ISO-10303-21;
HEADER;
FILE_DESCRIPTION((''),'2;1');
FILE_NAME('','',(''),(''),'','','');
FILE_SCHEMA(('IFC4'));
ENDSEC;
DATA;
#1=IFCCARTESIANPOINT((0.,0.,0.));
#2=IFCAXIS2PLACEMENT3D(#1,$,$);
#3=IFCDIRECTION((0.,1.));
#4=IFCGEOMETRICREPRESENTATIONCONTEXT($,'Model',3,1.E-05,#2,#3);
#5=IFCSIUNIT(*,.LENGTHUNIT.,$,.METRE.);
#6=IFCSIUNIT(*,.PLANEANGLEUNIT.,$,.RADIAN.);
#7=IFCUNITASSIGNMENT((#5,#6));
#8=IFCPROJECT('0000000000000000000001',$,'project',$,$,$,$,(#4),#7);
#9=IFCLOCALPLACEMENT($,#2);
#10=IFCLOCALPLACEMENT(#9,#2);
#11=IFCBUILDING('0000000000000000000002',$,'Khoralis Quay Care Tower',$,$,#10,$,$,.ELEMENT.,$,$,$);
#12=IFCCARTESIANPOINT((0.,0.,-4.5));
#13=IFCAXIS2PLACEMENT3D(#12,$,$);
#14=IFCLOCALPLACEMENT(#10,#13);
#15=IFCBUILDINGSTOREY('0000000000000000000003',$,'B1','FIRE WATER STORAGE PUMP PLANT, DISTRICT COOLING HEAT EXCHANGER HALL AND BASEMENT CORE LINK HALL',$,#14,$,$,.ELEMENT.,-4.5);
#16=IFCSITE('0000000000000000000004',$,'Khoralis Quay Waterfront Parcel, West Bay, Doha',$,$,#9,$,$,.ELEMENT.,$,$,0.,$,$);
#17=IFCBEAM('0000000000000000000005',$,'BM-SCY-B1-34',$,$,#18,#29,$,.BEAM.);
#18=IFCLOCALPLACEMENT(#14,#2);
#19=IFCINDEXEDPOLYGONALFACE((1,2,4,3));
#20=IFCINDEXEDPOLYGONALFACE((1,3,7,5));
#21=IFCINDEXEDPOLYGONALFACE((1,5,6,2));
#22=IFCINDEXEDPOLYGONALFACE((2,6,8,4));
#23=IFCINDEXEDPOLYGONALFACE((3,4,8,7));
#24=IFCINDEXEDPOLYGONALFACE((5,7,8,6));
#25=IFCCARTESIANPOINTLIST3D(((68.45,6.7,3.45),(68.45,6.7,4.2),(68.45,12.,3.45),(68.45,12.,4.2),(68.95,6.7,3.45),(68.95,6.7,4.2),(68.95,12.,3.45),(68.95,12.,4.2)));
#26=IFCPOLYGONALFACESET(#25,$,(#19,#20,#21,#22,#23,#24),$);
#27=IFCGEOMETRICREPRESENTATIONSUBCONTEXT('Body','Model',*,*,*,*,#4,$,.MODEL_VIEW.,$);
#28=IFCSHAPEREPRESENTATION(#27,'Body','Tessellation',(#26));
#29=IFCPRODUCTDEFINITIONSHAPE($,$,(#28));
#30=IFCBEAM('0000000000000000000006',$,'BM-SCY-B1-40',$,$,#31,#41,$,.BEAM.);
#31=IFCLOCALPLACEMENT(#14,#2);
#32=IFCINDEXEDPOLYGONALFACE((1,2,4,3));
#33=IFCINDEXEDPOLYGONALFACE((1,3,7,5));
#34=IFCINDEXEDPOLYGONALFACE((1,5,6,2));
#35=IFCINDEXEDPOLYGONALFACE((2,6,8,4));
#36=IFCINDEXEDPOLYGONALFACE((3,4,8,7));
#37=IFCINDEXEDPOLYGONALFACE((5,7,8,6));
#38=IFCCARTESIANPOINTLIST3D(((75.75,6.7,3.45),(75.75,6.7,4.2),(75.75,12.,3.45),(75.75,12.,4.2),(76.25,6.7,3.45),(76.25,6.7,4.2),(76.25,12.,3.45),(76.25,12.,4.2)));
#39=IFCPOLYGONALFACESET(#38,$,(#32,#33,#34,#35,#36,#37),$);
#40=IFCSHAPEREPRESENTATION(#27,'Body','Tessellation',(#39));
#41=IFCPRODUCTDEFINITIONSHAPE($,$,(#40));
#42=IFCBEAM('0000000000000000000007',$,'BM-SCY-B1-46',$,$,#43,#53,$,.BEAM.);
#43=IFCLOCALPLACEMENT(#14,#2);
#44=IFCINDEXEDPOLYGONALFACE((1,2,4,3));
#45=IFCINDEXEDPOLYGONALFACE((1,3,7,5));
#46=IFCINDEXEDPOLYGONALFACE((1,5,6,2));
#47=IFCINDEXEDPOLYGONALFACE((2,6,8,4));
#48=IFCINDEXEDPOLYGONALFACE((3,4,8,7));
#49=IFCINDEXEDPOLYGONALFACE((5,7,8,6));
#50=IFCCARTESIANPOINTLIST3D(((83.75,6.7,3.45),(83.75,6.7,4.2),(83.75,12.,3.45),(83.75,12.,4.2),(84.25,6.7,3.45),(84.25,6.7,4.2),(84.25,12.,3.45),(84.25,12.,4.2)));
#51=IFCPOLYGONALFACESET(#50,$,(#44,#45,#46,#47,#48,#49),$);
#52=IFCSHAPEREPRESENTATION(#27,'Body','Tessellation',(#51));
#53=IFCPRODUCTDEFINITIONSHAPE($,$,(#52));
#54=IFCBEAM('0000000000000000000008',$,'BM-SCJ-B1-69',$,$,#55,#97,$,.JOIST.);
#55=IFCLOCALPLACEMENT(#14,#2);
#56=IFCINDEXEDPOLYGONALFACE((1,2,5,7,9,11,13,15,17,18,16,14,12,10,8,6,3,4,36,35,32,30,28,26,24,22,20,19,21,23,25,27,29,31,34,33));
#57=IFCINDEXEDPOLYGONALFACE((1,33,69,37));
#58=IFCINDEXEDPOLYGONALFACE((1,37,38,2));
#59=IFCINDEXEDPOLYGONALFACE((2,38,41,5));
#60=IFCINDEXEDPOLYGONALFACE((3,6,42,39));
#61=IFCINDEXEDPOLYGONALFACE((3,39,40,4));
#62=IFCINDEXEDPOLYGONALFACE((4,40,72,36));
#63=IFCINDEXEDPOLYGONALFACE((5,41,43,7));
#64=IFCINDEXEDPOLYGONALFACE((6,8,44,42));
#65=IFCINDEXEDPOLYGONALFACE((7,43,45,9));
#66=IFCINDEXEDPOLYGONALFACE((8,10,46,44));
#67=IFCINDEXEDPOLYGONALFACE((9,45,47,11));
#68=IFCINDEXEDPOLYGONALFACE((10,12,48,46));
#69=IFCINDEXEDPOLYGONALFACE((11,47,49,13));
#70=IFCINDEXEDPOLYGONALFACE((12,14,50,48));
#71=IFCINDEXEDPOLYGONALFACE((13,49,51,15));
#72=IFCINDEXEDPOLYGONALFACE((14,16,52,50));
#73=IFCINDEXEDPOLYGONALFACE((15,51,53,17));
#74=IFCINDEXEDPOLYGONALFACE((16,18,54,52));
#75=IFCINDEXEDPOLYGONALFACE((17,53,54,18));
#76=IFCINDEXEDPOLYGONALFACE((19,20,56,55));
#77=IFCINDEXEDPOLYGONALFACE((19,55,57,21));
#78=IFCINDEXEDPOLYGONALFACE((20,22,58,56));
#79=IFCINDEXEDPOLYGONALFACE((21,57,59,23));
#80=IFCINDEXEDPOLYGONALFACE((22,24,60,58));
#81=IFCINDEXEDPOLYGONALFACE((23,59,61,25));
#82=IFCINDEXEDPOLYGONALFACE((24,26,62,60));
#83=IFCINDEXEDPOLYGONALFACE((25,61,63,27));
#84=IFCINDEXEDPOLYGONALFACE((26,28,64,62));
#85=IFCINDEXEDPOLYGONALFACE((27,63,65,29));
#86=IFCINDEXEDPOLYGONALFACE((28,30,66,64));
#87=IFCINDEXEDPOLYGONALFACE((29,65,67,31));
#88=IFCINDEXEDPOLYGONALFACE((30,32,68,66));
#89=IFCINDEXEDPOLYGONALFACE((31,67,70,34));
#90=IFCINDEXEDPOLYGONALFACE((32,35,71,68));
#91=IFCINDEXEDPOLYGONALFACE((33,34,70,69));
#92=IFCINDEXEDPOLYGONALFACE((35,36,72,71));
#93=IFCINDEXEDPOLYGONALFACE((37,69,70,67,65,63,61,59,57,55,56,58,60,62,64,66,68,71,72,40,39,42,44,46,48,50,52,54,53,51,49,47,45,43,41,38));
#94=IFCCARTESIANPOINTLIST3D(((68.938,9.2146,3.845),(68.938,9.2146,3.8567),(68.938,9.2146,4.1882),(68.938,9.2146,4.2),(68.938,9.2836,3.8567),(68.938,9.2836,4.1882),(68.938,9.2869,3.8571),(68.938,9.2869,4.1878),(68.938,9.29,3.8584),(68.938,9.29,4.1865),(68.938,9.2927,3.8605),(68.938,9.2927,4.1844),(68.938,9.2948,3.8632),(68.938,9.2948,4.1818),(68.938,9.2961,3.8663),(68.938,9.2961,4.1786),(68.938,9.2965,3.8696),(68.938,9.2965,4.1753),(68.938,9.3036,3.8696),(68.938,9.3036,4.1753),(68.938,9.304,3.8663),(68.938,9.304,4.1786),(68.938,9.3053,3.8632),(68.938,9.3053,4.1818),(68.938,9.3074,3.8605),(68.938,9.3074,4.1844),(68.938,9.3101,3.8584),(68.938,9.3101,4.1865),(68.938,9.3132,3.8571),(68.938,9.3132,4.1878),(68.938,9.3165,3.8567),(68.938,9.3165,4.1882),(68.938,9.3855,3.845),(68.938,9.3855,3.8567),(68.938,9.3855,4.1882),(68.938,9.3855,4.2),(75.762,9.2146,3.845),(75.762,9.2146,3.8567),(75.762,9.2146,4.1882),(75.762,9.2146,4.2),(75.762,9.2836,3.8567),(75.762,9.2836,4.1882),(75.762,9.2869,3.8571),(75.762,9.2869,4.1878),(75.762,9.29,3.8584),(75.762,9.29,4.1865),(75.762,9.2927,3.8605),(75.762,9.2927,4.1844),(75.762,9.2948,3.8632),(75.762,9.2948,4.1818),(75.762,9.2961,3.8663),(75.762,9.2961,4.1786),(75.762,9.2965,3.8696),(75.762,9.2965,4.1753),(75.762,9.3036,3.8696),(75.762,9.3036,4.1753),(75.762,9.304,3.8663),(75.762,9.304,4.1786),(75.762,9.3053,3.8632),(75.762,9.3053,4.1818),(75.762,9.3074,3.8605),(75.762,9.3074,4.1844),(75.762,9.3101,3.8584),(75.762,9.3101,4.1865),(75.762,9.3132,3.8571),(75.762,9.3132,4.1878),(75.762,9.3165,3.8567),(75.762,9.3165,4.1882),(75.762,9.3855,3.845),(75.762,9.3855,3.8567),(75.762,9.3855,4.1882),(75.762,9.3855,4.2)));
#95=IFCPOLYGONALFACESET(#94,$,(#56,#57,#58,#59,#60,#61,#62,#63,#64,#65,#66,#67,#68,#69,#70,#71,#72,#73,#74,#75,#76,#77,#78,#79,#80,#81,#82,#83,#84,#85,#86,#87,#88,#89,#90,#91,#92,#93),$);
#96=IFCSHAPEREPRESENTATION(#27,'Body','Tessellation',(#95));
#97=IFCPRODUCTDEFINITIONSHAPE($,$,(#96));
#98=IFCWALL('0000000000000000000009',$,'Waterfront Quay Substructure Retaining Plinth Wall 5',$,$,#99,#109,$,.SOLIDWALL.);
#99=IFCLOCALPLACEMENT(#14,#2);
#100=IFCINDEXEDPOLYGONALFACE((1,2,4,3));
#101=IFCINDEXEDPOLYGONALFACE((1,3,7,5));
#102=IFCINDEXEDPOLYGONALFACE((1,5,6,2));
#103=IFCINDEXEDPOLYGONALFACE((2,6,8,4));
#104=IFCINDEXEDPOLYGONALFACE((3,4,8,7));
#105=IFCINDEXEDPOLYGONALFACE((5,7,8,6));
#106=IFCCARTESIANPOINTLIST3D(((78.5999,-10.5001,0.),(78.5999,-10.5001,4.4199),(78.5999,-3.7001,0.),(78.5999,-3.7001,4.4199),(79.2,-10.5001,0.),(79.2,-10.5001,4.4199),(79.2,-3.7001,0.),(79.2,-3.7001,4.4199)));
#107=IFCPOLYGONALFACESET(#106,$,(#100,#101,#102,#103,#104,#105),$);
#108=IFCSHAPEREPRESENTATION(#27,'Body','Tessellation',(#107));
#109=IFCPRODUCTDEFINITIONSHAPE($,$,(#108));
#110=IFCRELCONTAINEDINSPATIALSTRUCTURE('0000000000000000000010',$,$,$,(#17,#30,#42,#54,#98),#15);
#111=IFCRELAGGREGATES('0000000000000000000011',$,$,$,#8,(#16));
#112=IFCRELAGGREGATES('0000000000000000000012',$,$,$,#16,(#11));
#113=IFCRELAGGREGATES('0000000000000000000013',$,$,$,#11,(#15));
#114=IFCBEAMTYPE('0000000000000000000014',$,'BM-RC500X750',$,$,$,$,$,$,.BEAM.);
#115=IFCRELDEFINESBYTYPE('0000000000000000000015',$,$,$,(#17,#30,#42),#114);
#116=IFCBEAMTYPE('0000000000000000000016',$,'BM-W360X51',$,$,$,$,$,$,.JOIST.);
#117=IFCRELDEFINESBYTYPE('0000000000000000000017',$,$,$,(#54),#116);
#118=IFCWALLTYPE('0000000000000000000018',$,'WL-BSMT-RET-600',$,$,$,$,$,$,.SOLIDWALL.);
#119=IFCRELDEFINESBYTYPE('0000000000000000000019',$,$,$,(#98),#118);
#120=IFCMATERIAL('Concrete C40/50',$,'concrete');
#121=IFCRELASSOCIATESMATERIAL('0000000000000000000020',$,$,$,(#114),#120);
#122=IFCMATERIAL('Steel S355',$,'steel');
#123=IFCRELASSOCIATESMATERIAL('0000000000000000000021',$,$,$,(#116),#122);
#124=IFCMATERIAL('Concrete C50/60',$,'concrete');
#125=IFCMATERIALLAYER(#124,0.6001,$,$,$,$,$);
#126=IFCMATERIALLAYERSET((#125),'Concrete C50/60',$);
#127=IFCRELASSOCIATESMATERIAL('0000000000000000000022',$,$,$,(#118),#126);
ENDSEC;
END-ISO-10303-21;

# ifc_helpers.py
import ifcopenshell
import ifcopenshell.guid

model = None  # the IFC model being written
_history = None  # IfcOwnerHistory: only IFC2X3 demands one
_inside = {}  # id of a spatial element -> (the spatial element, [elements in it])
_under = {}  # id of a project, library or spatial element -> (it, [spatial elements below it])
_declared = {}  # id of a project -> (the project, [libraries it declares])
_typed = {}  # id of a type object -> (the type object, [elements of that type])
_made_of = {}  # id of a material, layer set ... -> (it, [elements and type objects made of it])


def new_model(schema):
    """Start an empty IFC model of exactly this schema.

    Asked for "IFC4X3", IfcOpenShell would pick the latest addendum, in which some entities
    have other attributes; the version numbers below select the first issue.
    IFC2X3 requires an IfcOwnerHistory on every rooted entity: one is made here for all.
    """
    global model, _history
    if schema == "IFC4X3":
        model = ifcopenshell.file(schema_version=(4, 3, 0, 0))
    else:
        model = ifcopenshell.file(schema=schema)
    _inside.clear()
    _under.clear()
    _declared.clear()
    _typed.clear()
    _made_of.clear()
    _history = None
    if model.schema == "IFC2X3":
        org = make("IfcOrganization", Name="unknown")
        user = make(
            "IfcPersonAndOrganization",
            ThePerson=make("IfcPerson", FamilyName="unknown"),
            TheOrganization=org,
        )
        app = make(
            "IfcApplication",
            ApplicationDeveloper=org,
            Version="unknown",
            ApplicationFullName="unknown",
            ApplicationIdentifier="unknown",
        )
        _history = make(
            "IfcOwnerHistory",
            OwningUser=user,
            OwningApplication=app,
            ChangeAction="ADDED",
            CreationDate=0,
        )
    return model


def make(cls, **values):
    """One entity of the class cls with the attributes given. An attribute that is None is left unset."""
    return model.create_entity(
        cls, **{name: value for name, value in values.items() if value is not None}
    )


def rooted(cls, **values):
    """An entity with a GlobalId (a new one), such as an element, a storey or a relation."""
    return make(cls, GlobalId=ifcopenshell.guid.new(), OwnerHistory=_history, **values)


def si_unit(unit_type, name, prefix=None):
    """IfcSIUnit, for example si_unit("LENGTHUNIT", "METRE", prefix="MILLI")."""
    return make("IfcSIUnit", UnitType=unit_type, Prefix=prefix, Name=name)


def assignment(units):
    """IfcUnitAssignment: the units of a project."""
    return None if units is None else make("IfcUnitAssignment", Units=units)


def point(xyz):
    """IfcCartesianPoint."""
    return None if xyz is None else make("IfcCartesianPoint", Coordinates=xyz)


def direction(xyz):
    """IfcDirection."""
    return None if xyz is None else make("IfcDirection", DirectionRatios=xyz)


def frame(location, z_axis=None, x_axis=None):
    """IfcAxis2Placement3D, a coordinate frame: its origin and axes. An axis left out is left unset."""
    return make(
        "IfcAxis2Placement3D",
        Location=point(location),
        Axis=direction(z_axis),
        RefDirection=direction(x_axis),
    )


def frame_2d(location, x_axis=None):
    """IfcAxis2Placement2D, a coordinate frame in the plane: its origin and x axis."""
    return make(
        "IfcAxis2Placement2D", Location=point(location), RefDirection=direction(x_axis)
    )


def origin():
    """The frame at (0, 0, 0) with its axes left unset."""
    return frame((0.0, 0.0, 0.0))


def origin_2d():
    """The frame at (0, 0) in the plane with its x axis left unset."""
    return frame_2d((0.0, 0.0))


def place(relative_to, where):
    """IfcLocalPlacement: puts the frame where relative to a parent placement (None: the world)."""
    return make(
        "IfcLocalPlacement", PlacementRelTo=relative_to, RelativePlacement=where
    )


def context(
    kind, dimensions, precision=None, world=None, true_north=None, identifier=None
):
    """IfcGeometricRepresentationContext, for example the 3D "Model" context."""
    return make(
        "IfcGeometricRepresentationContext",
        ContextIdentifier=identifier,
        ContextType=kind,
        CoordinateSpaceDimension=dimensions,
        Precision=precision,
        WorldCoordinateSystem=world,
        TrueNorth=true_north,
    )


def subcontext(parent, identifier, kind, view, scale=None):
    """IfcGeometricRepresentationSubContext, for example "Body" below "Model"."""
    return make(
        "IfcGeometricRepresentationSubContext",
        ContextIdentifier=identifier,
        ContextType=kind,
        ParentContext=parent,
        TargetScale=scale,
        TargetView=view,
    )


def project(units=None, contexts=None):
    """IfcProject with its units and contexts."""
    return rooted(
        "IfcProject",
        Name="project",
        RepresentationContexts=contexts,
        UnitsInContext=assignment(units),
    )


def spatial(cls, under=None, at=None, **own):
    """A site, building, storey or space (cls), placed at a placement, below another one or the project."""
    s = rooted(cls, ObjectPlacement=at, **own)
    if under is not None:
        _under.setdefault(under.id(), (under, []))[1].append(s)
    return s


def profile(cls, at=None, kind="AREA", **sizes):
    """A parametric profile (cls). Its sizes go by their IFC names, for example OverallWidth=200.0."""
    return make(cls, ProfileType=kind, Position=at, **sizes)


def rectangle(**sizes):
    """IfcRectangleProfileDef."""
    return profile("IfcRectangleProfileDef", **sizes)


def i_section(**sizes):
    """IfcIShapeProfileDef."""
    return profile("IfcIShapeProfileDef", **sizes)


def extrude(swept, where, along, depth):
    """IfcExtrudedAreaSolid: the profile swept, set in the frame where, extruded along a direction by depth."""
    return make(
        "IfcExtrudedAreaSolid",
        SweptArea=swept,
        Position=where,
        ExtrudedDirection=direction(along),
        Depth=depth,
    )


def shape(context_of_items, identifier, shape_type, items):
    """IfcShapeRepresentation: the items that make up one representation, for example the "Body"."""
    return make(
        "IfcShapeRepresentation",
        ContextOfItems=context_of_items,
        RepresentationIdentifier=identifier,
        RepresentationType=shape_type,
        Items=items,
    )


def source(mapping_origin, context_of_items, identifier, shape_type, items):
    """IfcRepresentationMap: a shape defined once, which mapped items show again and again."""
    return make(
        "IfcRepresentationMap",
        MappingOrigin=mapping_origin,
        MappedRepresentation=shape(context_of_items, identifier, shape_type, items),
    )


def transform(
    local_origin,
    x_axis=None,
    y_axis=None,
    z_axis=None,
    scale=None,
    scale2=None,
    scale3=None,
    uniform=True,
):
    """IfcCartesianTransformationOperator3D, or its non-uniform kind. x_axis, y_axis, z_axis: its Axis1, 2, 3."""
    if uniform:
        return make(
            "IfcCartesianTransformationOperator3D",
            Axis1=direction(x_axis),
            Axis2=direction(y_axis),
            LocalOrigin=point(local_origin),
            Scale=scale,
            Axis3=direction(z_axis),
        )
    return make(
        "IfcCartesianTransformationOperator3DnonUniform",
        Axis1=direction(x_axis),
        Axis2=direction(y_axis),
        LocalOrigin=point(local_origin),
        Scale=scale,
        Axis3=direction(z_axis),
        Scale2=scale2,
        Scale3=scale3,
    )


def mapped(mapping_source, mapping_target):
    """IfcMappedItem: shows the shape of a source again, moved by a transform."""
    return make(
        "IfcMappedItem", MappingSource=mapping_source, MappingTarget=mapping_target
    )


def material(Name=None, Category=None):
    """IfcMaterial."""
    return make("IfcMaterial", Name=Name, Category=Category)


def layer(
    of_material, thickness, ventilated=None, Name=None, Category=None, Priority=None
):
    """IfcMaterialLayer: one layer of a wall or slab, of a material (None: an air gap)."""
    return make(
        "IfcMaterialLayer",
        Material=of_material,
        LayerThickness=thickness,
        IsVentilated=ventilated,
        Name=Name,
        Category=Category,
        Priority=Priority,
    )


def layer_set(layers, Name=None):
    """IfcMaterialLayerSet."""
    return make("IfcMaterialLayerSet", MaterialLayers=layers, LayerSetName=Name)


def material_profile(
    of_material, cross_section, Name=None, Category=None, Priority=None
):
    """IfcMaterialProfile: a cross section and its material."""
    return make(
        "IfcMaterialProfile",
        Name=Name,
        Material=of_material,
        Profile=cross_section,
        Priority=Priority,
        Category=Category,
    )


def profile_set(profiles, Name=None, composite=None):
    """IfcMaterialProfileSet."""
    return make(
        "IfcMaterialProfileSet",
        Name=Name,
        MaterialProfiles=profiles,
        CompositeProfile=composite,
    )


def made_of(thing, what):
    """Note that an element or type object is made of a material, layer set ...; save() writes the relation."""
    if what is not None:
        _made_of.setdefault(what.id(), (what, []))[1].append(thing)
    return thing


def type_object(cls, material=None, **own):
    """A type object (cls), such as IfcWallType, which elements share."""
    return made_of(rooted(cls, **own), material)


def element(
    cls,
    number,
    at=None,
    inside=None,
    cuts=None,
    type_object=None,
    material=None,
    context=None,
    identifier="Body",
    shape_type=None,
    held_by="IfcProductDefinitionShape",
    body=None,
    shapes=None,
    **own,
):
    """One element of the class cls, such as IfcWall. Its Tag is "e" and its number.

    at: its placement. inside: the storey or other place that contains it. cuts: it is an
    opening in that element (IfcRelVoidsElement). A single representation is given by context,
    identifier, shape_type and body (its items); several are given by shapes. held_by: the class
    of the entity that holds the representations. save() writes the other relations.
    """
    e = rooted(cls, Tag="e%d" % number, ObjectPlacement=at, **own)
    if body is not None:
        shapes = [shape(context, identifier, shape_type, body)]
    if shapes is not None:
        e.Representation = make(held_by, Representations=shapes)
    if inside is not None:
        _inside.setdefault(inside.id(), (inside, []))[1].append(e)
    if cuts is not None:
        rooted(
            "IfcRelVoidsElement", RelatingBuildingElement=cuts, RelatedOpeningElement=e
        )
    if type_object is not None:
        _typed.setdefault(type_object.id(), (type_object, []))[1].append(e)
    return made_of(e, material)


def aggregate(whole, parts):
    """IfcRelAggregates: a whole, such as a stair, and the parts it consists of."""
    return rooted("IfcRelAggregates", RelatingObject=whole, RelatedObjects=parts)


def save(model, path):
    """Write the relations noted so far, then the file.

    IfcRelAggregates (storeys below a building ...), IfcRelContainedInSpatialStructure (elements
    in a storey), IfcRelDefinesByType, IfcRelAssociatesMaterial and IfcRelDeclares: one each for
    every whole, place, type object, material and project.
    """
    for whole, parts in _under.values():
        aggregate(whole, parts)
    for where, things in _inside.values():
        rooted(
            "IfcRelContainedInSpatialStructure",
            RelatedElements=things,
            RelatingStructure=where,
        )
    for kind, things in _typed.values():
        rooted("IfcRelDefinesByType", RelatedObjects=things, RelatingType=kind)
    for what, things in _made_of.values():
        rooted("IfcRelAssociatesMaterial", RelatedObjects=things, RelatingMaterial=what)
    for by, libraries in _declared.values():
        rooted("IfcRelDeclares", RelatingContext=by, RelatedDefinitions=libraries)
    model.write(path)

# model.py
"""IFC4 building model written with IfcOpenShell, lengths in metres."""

from ifc_helpers import new_model, si_unit, direction, frame, frame_2d, origin, origin_2d, place, context, subcontext, project, spatial, rectangle, i_section, extrude, source, transform, mapped, material, layer, layer_set, material_profile, profile_set, type_object, element, save


model = new_model("IFC4")

# Units and contexts
model_context = context("Model", 3, precision=1e-05, world=origin(), true_north=direction((0.0, 1.0)))
body_context = subcontext(model_context, "Body", "Model", "MODEL_VIEW")
ifc_project = project(units=[si_unit("LENGTHUNIT", "METRE"), si_unit("PLANEANGLEUNIT", "RADIAN")], contexts=[model_context])

# Site, building, storey
site_placement = place(None, origin())
site = spatial("IfcSite", under=ifc_project, at=site_placement, Name="Khoralis Quay Waterfront Parcel, West Bay, Doha", CompositionType="ELEMENT", RefElevation=0.0)
building_placement = place(site_placement, origin())
building = spatial("IfcBuilding", under=site, at=building_placement, Name="Khoralis Quay Care Tower", CompositionType="ELEMENT")
storey_placement = place(building_placement, frame((0.0, 0.0, -4.5)))
storey = spatial("IfcBuildingStorey", under=building, at=storey_placement, Name="B1", Description="FIRE WATER STORAGE PUMP PLANT, DISTRICT COOLING HEAT EXCHANGER HALL AND BASEMENT CORE LINK HALL", CompositionType="ELEMENT", Elevation=-4.5)

# Shared definitions
ifc_material_1 = material(Name="Concrete C50/60", Category="concrete")

# Shared definitions
ifc_material_2 = material(Name="Concrete C40/50", Category="concrete")

# Beams
ifc_material_profile_1 = material_profile(ifc_material_2, rectangle(XDim=0.5, YDim=0.75, at=origin_2d()), Name="Concrete C40/50")
ifc_profile_set_1 = profile_set([ifc_material_profile_1], Name="Concrete C40/50")
beam_type_1 = type_object("IfcBeamType", Name="BM-RC500X750", PredefinedType="BEAM", material=ifc_profile_set_1)
shared_shape_1 = source(origin(), body_context, "Body", "SweptSolid", [
    extrude(rectangle(XDim=0.5, YDim=0.75, at=origin_2d()), origin(), (0.0, 0.0, 1.0), 5.3),
])
for number, where, z_axis, x_axis, name in (
    (1, (68.7, 6.7, 3.825), (0.0, 1.0, 0.0), (-1.0, 0.0, 0.0), "BM-SCY-B1-34"),
    (2, (76.0, 6.7, 3.825), (0.0, 1.0, 0.0), (-1.0, 0.0, 0.0), "BM-SCY-B1-40"),
    (3, (84.0, 6.7, 3.825), (0.0, 1.0, 0.0), (-1.0, 0.0, 0.0), "BM-SCY-B1-46"),
):
    element("IfcBeam", number, at=place(storey_placement, frame(where, z_axis=z_axis, x_axis=x_axis)), inside=storey, type_object=beam_type_1, Name=name, PredefinedType="BEAM", context=body_context, shape_type="MappedRepresentation", body=[
        mapped(shared_shape_1, transform((0.0, 0.0, 0.0), scale=1.0)),
    ])
ifc_material_3 = material(Name="Steel S355", Category="steel")
ifc_material_profile_2 = material_profile(ifc_material_3, i_section(OverallWidth=0.1709, OverallDepth=0.355, WebThickness=0.0071, FlangeThickness=0.0117, FilletRadius=0.0129, at=origin_2d()), Name="Steel S355")
ifc_profile_set_2 = profile_set([ifc_material_profile_2], Name="Steel S355")
beam_type_2 = type_object("IfcBeamType", Name="BM-W360X51", PredefinedType="JOIST", material=ifc_profile_set_2)
shared_shape_2 = source(origin(), body_context, "Body", "SweptSolid", [
    extrude(i_section(OverallWidth=0.1709, OverallDepth=0.355, WebThickness=0.0071, FlangeThickness=0.0117, FilletRadius=0.0129, at=origin_2d()), origin(), (0.0, 0.0, 1.0), 6.824),
])
beam_1_placement = place(storey_placement, frame((68.938, 9.3, 4.0225), z_axis=(1.0, 0.0, 0.0), x_axis=(0.0, 1.0, 0.0)))
element("IfcBeam", 4, at=beam_1_placement, inside=storey, type_object=beam_type_2, Name="BM-SCJ-B1-69", PredefinedType="JOIST", context=body_context, shape_type="MappedRepresentation", body=[
    mapped(shared_shape_2, transform((0.0, 0.0, 0.0), scale=1.0)),
])

# Wall
ifc_layer = layer(ifc_material_1, 0.6001)
ifc_layer_set = layer_set([ifc_layer], Name="Concrete C50/60")
wall_type = type_object("IfcWallType", Name="WL-BSMT-RET-600", PredefinedType="SOLIDWALL", material=ifc_layer_set)
wall_placement = place(storey_placement, frame((78.8999, -10.5, 0.0), z_axis=(0.0, 0.0, 1.0), x_axis=(0.0, 1.0, 0.0)))
element("IfcWall", 5, at=wall_placement, inside=storey, type_object=wall_type, Name="Waterfront Quay Substructure Retaining Plinth Wall 5", PredefinedType="SOLIDWALL", context=body_context, shape_type="SweptSolid", body=[
    extrude(rectangle(XDim=6.8, YDim=0.6001, at=frame_2d((3.3999, 0.0))), origin(), (0.0, 0.0, 1.0), 4.4199),
])

save(model, "model.ifc")
